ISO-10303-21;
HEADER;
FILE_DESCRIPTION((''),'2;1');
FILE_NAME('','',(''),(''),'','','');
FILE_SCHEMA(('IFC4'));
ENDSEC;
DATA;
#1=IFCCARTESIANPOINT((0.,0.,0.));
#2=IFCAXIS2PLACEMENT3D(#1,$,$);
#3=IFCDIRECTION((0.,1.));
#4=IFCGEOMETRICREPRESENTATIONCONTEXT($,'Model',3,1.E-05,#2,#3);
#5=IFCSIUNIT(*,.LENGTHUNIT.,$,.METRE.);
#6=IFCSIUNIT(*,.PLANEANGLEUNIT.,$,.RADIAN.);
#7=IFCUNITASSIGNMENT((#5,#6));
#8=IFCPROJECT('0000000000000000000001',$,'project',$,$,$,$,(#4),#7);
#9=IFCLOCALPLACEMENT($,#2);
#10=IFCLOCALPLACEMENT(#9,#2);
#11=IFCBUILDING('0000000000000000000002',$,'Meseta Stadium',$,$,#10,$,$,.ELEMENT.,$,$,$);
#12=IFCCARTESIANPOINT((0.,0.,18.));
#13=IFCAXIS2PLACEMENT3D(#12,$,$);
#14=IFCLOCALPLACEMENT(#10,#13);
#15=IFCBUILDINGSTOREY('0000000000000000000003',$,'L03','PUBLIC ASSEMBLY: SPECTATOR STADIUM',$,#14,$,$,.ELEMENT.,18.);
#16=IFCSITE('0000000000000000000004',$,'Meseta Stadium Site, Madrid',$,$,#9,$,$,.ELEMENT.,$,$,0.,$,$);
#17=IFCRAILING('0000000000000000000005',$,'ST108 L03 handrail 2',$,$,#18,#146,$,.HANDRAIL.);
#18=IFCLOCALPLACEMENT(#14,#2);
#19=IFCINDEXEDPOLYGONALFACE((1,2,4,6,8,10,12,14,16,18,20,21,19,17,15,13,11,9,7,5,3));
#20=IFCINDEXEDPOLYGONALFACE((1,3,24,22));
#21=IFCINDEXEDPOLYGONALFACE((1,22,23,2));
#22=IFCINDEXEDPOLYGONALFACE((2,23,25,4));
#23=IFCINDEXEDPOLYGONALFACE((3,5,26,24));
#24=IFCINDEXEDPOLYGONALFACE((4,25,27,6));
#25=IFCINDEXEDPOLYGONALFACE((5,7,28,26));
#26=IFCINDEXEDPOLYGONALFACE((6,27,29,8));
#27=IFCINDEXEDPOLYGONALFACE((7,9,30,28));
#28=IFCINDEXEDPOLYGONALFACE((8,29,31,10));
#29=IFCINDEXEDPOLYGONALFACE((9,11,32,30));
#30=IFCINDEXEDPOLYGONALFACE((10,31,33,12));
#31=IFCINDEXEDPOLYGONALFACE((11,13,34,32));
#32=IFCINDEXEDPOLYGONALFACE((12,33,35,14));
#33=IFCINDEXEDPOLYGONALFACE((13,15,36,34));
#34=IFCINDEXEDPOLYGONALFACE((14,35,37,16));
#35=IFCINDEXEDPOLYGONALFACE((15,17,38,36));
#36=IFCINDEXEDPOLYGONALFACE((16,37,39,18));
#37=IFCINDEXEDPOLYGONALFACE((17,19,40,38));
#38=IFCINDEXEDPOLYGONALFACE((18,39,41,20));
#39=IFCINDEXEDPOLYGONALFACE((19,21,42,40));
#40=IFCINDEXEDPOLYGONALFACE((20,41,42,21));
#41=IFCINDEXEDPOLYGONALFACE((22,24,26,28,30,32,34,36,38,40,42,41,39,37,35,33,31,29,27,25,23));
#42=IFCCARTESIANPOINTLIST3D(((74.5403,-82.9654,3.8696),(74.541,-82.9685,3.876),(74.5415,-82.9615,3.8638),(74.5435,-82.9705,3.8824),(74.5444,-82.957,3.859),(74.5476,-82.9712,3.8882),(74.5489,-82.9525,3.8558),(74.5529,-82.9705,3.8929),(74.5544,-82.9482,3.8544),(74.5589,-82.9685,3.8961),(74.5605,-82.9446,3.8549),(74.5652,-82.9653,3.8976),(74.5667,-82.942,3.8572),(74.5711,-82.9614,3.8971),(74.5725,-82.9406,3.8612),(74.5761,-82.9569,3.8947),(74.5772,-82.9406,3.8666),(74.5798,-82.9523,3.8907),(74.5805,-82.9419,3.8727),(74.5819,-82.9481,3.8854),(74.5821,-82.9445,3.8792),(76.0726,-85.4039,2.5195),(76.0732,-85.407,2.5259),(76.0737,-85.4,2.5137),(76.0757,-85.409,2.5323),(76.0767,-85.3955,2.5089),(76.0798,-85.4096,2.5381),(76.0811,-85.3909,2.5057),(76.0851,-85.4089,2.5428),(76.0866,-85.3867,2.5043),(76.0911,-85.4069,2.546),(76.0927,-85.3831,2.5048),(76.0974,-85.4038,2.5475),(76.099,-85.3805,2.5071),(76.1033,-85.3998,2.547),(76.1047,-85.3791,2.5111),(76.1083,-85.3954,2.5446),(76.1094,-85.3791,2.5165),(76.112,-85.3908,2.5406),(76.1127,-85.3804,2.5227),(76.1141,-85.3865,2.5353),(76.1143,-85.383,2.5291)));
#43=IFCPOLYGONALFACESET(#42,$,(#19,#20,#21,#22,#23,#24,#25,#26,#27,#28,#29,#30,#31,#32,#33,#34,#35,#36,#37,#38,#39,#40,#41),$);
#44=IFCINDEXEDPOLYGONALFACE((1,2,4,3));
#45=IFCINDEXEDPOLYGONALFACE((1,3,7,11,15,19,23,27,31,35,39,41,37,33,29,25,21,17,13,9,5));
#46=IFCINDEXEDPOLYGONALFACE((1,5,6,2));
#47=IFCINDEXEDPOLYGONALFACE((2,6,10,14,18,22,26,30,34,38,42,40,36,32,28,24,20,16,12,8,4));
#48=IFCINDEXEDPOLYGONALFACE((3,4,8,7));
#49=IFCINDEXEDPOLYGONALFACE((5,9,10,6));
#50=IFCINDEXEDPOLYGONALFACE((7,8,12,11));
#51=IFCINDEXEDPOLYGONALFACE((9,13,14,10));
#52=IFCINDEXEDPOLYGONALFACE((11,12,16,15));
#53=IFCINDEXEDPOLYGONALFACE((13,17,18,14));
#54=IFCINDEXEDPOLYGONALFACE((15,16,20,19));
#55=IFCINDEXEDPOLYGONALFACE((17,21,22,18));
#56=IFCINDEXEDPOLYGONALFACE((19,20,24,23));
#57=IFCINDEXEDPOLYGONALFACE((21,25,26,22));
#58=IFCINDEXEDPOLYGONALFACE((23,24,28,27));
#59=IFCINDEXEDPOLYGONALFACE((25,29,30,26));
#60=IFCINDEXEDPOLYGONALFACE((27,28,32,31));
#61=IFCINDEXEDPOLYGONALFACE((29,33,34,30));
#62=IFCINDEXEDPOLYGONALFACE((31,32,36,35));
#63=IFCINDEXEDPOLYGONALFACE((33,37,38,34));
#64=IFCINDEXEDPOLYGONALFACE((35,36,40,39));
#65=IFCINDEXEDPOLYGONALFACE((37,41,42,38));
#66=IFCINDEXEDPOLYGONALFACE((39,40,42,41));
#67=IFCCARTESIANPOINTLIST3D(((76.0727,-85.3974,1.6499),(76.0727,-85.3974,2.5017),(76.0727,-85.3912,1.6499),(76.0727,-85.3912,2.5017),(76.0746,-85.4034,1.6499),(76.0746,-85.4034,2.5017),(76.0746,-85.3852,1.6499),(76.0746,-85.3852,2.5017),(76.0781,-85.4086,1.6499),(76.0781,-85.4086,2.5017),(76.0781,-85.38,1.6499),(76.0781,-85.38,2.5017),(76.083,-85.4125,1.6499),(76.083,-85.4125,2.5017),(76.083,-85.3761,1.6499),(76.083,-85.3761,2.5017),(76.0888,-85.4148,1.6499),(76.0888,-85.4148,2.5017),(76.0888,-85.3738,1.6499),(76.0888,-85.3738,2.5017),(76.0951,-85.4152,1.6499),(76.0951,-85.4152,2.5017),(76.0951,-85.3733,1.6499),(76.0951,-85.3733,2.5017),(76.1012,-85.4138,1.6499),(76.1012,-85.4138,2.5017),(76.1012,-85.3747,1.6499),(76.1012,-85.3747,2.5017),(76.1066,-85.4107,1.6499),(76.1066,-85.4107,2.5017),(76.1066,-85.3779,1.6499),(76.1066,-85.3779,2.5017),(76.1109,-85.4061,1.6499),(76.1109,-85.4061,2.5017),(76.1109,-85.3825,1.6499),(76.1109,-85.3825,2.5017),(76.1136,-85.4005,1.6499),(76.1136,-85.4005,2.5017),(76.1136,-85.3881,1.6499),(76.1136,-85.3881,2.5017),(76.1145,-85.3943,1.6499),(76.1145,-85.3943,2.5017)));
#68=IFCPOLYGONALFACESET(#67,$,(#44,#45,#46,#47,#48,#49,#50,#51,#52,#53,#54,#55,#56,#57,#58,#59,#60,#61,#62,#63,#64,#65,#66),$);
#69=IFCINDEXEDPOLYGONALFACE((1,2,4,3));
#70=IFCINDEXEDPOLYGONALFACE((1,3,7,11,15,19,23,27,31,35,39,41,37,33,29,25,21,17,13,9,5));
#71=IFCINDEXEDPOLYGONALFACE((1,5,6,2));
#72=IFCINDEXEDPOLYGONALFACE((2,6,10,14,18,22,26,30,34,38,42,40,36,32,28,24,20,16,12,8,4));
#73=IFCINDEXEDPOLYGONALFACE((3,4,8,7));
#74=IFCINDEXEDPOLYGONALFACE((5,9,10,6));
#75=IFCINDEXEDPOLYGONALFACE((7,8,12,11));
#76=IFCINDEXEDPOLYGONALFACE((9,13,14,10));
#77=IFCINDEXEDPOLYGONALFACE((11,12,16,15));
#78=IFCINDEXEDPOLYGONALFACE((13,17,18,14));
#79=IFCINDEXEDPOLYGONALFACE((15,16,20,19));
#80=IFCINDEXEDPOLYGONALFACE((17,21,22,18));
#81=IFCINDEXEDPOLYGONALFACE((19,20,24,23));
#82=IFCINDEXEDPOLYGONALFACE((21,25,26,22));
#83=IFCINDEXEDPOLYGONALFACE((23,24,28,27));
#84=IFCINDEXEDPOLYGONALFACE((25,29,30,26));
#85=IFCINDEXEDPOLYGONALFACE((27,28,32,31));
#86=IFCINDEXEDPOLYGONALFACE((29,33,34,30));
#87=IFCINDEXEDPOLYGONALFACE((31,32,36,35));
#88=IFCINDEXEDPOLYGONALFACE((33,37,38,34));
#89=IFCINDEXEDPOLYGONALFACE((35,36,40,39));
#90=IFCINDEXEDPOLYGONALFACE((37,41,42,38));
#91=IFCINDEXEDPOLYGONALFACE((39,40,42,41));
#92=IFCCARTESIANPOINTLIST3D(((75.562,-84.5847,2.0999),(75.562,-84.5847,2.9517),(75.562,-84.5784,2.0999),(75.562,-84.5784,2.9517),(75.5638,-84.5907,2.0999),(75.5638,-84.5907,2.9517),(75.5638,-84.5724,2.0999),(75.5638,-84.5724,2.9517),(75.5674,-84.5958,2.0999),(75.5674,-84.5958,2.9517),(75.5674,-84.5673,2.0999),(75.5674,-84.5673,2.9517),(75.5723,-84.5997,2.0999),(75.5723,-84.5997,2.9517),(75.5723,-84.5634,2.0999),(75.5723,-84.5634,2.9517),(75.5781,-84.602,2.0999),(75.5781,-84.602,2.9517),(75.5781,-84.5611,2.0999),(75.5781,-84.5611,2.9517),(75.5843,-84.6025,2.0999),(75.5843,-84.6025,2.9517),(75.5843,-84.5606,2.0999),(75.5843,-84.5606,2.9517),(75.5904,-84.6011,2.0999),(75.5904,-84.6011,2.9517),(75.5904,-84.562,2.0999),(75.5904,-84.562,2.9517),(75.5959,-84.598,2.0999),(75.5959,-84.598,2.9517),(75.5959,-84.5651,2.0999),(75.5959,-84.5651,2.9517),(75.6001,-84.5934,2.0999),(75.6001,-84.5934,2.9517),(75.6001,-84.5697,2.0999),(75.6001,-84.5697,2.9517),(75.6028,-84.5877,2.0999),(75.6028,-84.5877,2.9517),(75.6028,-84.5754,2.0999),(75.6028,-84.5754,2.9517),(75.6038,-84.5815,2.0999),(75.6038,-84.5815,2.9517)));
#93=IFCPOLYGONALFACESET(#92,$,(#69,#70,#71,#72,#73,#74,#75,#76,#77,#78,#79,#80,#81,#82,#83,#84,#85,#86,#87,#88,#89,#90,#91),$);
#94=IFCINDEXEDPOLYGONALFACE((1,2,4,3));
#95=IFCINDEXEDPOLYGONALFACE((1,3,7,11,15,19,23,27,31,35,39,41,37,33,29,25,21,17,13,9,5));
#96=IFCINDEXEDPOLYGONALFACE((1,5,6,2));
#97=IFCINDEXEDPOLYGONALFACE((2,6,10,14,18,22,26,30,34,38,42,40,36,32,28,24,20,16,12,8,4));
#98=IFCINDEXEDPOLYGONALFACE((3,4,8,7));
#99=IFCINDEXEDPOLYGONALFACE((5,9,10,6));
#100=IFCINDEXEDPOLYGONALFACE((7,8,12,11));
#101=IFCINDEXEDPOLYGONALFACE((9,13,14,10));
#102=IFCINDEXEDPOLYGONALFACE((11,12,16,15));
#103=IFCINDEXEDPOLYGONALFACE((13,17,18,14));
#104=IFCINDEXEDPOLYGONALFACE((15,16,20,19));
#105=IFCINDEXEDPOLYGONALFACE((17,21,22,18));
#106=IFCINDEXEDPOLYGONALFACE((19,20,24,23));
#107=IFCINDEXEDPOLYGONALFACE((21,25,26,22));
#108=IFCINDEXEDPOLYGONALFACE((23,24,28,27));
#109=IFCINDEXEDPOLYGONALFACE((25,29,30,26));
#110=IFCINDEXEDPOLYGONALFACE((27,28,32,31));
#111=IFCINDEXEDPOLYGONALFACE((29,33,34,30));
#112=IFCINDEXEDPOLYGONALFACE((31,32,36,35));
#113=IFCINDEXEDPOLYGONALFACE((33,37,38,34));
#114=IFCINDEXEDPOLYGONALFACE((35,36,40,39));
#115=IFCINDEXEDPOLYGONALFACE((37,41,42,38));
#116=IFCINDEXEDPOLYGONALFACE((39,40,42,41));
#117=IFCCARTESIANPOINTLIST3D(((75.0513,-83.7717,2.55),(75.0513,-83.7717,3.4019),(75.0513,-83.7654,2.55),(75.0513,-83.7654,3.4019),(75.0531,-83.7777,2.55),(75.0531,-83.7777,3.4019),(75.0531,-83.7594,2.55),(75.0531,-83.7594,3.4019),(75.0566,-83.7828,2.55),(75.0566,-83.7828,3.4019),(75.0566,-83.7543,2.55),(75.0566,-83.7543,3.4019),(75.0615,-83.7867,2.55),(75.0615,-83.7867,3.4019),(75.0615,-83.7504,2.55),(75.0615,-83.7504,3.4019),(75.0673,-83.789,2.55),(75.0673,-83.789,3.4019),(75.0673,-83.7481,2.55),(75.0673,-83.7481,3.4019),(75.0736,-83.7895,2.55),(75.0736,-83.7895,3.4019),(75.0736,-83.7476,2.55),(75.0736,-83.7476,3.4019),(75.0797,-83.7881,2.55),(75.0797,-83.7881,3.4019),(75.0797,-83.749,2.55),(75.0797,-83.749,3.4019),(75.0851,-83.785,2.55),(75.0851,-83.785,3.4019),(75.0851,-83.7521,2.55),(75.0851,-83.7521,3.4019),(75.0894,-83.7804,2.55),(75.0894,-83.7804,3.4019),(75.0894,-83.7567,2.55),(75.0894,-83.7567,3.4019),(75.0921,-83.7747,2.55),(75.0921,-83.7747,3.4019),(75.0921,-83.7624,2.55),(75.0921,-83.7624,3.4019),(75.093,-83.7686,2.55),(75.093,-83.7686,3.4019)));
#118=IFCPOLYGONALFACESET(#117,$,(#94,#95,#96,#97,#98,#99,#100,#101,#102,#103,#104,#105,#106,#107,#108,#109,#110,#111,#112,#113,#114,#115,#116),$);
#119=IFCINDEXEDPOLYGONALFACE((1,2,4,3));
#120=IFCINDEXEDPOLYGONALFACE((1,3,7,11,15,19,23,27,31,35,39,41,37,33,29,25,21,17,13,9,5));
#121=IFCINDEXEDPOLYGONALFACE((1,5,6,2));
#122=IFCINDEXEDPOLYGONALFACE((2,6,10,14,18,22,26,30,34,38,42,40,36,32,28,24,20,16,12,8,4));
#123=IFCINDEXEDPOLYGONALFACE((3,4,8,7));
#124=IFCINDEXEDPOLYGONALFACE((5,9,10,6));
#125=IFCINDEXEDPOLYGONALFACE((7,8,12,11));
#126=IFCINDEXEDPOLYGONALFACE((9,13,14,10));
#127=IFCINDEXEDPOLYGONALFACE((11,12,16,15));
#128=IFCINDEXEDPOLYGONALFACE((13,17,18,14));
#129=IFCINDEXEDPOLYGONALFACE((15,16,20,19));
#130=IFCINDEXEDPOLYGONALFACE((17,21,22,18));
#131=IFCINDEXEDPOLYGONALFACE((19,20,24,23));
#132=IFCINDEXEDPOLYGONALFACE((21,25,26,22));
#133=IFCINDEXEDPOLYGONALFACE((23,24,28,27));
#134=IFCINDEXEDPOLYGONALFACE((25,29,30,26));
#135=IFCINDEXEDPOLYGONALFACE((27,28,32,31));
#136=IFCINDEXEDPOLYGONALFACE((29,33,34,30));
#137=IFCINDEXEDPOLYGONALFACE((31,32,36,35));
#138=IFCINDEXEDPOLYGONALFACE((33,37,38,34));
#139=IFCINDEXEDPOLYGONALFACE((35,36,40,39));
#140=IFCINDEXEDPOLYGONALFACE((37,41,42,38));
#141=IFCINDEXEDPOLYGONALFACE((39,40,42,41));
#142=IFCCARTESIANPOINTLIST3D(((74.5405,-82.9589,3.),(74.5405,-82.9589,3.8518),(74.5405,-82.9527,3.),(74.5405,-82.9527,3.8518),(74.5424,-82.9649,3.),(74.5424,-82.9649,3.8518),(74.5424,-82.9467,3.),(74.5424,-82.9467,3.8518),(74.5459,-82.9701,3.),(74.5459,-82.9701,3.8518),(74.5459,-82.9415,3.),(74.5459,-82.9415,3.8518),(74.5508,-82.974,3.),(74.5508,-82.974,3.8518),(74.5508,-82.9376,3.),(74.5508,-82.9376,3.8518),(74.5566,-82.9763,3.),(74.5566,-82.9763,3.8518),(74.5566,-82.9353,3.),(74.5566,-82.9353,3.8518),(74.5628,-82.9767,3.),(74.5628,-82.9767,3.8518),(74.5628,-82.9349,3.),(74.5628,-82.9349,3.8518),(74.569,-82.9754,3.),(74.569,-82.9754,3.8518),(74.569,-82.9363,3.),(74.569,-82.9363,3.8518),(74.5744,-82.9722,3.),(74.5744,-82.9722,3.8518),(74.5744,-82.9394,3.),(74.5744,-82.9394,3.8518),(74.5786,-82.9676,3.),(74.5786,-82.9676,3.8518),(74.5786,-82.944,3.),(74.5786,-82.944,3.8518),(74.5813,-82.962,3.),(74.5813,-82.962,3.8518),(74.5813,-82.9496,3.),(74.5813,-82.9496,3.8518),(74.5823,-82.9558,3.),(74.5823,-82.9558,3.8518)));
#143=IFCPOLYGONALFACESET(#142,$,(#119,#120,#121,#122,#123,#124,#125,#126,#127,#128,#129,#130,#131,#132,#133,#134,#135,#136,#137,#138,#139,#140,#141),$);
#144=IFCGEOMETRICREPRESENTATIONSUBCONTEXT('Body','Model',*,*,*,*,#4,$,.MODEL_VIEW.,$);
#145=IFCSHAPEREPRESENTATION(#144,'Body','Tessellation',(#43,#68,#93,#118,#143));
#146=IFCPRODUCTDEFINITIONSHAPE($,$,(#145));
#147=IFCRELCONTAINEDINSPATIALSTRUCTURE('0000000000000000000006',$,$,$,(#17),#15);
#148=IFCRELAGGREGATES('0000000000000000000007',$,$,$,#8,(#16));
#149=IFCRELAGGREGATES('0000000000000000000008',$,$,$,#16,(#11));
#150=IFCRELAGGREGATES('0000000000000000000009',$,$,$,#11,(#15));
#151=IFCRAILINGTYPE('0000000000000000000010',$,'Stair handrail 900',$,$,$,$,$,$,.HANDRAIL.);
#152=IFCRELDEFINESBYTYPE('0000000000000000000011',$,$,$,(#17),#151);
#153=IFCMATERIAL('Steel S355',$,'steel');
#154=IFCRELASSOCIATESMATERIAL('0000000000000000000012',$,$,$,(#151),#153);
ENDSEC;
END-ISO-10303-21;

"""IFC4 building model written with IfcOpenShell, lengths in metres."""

from ifc_helpers import new_model, si_unit, direction, frame, origin, origin_2d, place, context, subcontext, project, spatial, circle, extrude, material, type_object, element, save


model = new_model("IFC4")

# Units and contexts
model_context = context("Model", 3, precision=1e-05, world=origin(), true_north=direction((0.0, 1.0)))
body_context = subcontext(model_context, "Body", "Model", "MODEL_VIEW")
ifc_project = project(units=[si_unit("LENGTHUNIT", "METRE"), si_unit("PLANEANGLEUNIT", "RADIAN")], contexts=[model_context])

# Site, building, storey
site_placement = place(None, origin())
site = spatial("IfcSite", under=ifc_project, at=site_placement, Name="Meseta Stadium Site, Madrid", CompositionType="ELEMENT", RefElevation=0.0)
building_placement = place(site_placement, origin())
building = spatial("IfcBuilding", under=site, at=building_placement, Name="Meseta Stadium", CompositionType="ELEMENT")
storey_placement = place(building_placement, frame((0.0, 0.0, 18.0)))
storey = spatial("IfcBuildingStorey", under=building, at=storey_placement, Name="L03", Description="PUBLIC ASSEMBLY: SPECTATOR STADIUM", CompositionType="ELEMENT", Elevation=18.0)

# Railing
ifc_material_1 = material(Name="Steel S355", Category="steel")
railing_type_1 = type_object("IfcRailingType", Name="Stair handrail 900", PredefinedType="HANDRAIL", material=ifc_material_1)
for number, where, name in (
    (1, (76.0935, -85.3943, 1.6499), "ST108 L03 handrail 2"),
):
    element("IfcRailing", number, at=place(storey_placement, frame(where)), inside=storey, type_object=railing_type_1, Name=name, PredefinedType="HANDRAIL", context=body_context, shape_type="SweptSolid", body=[
        extrude(circle(Radius=0.0239, at=origin_2d()), frame((0.0, 0.0, 0.876), z_axis=(-0.481731, 0.766655, 0.42447), x_axis=(-0.846719, -0.53204, 0.0)), (0.0, 0.0, 1.0), 3.1807),
        extrude(circle(Radius=0.021, at=origin_2d()), origin(), (0.0, 0.0, 1.0), 0.8518),
        extrude(circle(Radius=0.021, at=origin_2d()), frame((-0.5107, 0.8127, 0.45)), (0.0, 0.0, 1.0), 0.8518),
        extrude(circle(Radius=0.021, at=origin_2d()), frame((-1.0215, 1.6257, 0.9001)), (0.0, 0.0, 1.0), 0.8518),
        extrude(circle(Radius=0.021, at=origin_2d()), frame((-1.5322, 2.4385, 1.3501)), (0.0, 0.0, 1.0), 0.8518),
    ])

save(model, "model.ifc")
